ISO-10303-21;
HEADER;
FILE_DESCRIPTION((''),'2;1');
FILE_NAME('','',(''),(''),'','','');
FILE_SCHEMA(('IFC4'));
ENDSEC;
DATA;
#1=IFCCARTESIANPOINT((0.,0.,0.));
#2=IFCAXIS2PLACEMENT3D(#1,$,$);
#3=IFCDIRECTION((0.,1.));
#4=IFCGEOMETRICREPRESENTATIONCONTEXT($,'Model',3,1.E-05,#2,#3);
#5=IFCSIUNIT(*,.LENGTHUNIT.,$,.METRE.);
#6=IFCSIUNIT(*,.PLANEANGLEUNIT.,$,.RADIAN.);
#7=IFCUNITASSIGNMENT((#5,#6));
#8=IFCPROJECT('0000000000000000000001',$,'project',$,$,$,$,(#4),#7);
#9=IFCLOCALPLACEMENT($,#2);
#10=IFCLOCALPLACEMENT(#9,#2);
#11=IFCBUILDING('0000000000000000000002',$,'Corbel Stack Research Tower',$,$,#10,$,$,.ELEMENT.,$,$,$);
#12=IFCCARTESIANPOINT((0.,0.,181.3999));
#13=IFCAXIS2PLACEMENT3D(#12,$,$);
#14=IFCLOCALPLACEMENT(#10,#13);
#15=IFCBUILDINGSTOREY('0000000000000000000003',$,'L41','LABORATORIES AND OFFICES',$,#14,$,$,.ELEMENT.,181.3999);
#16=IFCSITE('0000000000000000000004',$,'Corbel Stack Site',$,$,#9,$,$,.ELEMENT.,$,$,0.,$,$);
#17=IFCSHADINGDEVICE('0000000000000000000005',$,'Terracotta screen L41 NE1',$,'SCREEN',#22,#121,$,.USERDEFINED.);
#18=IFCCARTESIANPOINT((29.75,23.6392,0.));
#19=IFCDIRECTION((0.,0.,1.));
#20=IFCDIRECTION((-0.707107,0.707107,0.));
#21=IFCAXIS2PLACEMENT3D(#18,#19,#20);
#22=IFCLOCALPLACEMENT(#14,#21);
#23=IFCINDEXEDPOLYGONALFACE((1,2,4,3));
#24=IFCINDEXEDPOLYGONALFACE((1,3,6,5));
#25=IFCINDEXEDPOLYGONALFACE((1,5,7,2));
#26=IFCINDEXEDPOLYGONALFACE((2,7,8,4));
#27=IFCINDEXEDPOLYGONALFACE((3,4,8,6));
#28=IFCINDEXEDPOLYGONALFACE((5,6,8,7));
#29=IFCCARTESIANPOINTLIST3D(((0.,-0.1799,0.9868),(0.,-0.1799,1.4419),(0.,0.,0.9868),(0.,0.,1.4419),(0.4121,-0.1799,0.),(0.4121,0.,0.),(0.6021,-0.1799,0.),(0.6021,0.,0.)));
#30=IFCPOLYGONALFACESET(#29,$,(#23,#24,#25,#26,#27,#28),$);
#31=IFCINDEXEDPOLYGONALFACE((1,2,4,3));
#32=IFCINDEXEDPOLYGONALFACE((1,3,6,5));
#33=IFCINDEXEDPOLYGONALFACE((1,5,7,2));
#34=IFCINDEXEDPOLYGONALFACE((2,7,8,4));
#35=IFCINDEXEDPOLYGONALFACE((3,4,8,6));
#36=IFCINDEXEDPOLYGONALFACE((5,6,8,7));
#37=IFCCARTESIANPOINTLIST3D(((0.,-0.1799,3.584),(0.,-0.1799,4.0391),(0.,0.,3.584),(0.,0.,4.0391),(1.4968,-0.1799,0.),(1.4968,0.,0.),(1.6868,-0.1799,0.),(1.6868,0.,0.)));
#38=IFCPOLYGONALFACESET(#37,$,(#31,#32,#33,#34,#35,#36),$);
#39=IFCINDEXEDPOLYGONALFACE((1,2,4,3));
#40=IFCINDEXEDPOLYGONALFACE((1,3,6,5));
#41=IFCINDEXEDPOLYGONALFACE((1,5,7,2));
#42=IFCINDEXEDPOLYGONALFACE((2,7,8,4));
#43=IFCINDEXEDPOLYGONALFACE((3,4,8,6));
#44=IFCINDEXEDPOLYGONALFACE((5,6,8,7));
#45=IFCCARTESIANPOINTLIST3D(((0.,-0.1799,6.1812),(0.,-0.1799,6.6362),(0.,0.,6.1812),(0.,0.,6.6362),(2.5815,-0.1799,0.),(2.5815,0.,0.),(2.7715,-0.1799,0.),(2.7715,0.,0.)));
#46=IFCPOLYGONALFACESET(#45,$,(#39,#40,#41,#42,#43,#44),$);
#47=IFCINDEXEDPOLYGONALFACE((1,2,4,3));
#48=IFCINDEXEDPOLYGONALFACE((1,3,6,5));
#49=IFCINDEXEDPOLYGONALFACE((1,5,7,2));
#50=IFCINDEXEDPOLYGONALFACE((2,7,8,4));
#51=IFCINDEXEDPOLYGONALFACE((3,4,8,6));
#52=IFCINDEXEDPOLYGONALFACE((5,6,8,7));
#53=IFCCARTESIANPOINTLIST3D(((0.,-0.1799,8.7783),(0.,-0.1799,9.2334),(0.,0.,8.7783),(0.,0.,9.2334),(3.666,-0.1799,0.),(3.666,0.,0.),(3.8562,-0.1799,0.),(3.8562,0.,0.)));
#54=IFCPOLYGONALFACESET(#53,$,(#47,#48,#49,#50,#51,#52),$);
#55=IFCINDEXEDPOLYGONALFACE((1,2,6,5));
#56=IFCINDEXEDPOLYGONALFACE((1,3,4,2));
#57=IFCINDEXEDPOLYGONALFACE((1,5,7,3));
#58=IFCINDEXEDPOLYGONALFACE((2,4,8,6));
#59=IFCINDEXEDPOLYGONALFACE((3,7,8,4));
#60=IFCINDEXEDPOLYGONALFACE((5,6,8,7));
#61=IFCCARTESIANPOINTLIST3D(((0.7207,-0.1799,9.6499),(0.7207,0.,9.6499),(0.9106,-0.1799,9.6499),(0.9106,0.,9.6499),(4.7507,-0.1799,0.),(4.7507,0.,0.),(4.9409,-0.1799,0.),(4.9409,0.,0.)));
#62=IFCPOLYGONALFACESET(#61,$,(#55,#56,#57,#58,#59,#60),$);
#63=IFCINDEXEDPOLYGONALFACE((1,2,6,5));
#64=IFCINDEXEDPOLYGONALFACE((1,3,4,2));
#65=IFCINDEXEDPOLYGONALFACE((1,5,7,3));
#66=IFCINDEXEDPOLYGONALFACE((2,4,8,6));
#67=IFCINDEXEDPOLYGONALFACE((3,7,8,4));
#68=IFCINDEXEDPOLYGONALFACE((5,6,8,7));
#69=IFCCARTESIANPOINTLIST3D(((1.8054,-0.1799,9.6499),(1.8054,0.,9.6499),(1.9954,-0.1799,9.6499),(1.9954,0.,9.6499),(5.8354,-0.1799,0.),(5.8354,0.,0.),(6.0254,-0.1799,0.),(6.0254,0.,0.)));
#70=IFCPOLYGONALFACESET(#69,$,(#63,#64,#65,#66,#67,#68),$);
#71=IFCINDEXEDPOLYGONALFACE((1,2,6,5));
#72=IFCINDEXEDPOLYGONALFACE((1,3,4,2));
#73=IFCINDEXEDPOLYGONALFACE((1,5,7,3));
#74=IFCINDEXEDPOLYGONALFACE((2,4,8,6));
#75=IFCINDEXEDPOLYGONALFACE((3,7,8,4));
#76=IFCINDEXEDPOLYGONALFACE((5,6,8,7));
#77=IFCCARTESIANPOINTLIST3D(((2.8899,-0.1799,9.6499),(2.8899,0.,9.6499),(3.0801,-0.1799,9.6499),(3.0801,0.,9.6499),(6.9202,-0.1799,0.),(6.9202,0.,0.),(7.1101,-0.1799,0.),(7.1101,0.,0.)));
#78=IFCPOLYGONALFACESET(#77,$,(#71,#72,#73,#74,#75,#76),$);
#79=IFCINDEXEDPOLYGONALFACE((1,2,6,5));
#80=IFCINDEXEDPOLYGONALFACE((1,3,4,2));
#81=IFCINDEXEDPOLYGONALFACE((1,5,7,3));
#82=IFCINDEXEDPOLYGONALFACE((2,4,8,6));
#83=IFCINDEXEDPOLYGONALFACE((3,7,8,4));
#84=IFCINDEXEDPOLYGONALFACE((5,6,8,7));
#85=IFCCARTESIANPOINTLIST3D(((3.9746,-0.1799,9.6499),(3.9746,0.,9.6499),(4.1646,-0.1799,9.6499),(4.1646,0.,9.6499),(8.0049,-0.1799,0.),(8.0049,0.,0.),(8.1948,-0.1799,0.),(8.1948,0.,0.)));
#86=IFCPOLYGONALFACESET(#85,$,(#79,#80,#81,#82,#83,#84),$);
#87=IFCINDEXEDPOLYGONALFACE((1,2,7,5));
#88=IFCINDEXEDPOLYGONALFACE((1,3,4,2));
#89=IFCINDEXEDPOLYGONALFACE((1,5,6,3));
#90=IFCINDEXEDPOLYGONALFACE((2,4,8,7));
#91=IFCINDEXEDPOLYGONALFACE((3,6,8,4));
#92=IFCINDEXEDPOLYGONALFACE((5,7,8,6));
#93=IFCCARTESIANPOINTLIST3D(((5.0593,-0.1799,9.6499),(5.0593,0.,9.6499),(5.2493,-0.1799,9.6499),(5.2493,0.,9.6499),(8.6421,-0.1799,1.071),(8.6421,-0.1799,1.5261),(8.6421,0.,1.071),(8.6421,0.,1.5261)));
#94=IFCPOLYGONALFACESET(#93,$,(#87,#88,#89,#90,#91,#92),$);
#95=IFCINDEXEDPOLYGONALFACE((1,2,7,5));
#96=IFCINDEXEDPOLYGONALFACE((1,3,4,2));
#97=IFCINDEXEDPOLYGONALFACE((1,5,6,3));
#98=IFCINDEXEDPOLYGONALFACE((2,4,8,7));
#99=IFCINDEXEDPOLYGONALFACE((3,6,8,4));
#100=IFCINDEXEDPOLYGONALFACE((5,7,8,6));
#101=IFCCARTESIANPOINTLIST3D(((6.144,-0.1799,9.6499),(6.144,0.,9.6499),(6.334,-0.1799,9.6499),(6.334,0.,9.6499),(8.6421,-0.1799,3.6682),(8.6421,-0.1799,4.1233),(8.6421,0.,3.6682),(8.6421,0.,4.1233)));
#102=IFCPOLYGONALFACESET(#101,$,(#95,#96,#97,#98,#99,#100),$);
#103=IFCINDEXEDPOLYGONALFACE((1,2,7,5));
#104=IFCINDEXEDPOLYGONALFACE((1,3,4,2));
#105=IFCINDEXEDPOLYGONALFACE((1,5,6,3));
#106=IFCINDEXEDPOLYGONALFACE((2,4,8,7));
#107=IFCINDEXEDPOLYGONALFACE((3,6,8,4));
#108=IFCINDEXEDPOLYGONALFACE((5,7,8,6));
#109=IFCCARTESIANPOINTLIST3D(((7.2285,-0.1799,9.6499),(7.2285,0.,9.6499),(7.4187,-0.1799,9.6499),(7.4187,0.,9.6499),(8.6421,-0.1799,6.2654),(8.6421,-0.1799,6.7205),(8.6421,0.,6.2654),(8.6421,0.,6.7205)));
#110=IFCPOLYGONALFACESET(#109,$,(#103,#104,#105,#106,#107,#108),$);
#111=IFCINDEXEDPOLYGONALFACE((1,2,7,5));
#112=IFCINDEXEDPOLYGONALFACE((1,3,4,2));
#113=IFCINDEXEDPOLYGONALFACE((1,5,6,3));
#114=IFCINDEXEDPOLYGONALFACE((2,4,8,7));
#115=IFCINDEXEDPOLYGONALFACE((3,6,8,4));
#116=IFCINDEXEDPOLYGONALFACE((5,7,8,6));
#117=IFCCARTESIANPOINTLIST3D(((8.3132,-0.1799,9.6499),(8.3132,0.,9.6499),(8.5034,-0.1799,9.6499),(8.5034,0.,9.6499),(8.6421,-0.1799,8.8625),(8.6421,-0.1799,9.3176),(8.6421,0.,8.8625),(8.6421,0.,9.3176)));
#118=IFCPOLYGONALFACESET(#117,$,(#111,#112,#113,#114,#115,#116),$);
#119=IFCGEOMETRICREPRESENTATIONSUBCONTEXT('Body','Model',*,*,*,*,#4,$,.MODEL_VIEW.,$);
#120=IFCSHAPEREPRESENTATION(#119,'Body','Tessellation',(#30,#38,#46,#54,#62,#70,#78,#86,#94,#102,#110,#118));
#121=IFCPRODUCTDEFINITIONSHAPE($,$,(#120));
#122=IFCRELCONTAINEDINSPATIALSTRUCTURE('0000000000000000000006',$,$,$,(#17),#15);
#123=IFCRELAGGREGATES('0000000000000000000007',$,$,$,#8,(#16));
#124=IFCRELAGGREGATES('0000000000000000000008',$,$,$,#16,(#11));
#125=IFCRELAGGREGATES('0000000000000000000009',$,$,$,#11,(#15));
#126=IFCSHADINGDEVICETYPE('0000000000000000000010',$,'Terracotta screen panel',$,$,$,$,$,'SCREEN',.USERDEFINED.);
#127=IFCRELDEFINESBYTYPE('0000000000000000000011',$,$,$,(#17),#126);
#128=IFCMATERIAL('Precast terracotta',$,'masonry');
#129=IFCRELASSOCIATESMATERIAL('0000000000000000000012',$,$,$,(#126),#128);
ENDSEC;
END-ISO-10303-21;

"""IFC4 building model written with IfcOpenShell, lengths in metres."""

from ifc_helpers import new_model, si_unit, direction, frame, origin, place, context, subcontext, project, spatial, polyline, outline, extrude, source, transform, mapped, material, type_object, element, save


model = new_model("IFC4")

# Units and contexts
model_context = context("Model", 3, precision=1e-05, world=origin(), true_north=direction((0.0, 1.0)))
body_context = subcontext(model_context, "Body", "Model", "MODEL_VIEW")
ifc_project = project(units=[si_unit("LENGTHUNIT", "METRE"), si_unit("PLANEANGLEUNIT", "RADIAN")], contexts=[model_context])

# Site, building, storey
site_placement = place(None, origin())
site = spatial("IfcSite", under=ifc_project, at=site_placement, Name="Corbel Stack Site", CompositionType="ELEMENT", RefElevation=0.0)
building_placement = place(site_placement, origin())
building = spatial("IfcBuilding", under=site, at=building_placement, Name="Corbel Stack Research Tower", CompositionType="ELEMENT")
storey_placement = place(building_placement, frame((0.0, 0.0, 181.3999)))
storey = spatial("IfcBuildingStorey", under=building, at=storey_placement, Name="L41", Description="LABORATORIES AND OFFICES", CompositionType="ELEMENT", Elevation=181.3999)

# Shading device
ifc_material_1 = material(Name="Precast terracotta", Category="masonry")
shading_device_type = type_object("IfcShadingDeviceType", Name="Terracotta screen panel", ElementType="SCREEN", PredefinedType="USERDEFINED", material=ifc_material_1)
shared_shape_1 = source(origin(), body_context, "Body", "SweptSolid", [
    extrude(outline(polyline([(0.6021, 0.0), (0.0, 1.4419), (0.0, 0.9868), (0.4121, 0.0), (0.6021, 0.0)])), frame((0.0, 0.0, 0.0), z_axis=(0.0, -1.0, 0.0), x_axis=(1.0, 0.0, 0.0)), (0.0, 0.0, 1.0), 0.1799),
    extrude(outline(polyline([(1.6868, 0.0), (0.0, 4.0391), (0.0, 3.584), (1.4968, 0.0), (1.6868, 0.0)])), frame((0.0, 0.0, 0.0), z_axis=(0.0, -1.0, 0.0), x_axis=(1.0, 0.0, 0.0)), (0.0, 0.0, 1.0), 0.1799),
    extrude(outline(polyline([(2.7715, 0.0), (0.0, 6.6362), (0.0, 6.1812), (2.5815, 0.0), (2.7715, 0.0)])), frame((0.0, 0.0, 0.0), z_axis=(0.0, -1.0, 0.0), x_axis=(1.0, 0.0, 0.0)), (0.0, 0.0, 1.0), 0.1799),
    extrude(outline(polyline([(3.8562, 0.0), (0.0, 9.2334), (0.0, 8.7783), (3.666, 0.0), (3.8562, 0.0)])), frame((0.0, 0.0, 0.0), z_axis=(0.0, -1.0, 0.0), x_axis=(1.0, 0.0, 0.0)), (0.0, 0.0, 1.0), 0.1799),
    extrude(outline(polyline([(4.9409, 0.0), (0.9106, 9.6499), (0.7207, 9.6499), (4.7507, 0.0), (4.9409, 0.0)])), frame((0.0, 0.0, 0.0), z_axis=(0.0, -1.0, 0.0), x_axis=(1.0, 0.0, 0.0)), (0.0, 0.0, 1.0), 0.1799),
    extrude(outline(polyline([(6.0254, 0.0), (1.9954, 9.6499), (1.8054, 9.6499), (5.8354, 0.0), (6.0254, 0.0)])), frame((0.0, 0.0, 0.0), z_axis=(0.0, -1.0, 0.0), x_axis=(1.0, 0.0, 0.0)), (0.0, 0.0, 1.0), 0.1799),
    extrude(outline(polyline([(7.1101, 0.0), (3.0801, 9.6499), (2.8899, 9.6499), (6.9202, 0.0), (7.1101, 0.0)])), frame((0.0, 0.0, 0.0), z_axis=(0.0, -1.0, 0.0), x_axis=(1.0, 0.0, 0.0)), (0.0, 0.0, 1.0), 0.1799),
    extrude(outline(polyline([(8.1948, 0.0), (4.1646, 9.6499), (3.9746, 9.6499), (8.0049, 0.0), (8.1948, 0.0)])), frame((0.0, 0.0, 0.0), z_axis=(0.0, -1.0, 0.0), x_axis=(1.0, 0.0, 0.0)), (0.0, 0.0, 1.0), 0.1799),
    extrude(outline(polyline([(5.2493, 9.6499), (5.0593, 9.6499), (8.6421, 1.071), (8.6421, 1.5261), (5.2493, 9.6499)])), frame((0.0, 0.0, 0.0), z_axis=(0.0, -1.0, 0.0), x_axis=(1.0, 0.0, 0.0)), (0.0, 0.0, 1.0), 0.1799),
    extrude(outline(polyline([(6.334, 9.6499), (6.144, 9.6499), (8.6421, 3.6682), (8.6421, 4.1233), (6.334, 9.6499)])), frame((0.0, 0.0, 0.0), z_axis=(0.0, -1.0, 0.0), x_axis=(1.0, 0.0, 0.0)), (0.0, 0.0, 1.0), 0.1799),
    extrude(outline(polyline([(7.4187, 9.6499), (7.2285, 9.6499), (8.6421, 6.2654), (8.6421, 6.7205), (7.4187, 9.6499)])), frame((0.0, 0.0, 0.0), z_axis=(0.0, -1.0, 0.0), x_axis=(1.0, 0.0, 0.0)), (0.0, 0.0, 1.0), 0.1799),
    extrude(outline(polyline([(8.5034, 9.6499), (8.3132, 9.6499), (8.6421, 8.8625), (8.6421, 9.3176), (8.5034, 9.6499)])), frame((0.0, 0.0, 0.0), z_axis=(0.0, -1.0, 0.0), x_axis=(1.0, 0.0, 0.0)), (0.0, 0.0, 1.0), 0.1799),
])
shading_device_1_placement = place(storey_placement, frame((29.75, 23.6392, 0.0), z_axis=(0.0, 0.0, 1.0), x_axis=(-0.707107, 0.707107, 0.0)))
element("IfcShadingDevice", 1, at=shading_device_1_placement, inside=storey, type_object=shading_device_type, Name="Terracotta screen L41 NE1", ObjectType="SCREEN", PredefinedType="USERDEFINED", context=body_context, shape_type="MappedRepresentation", body=[
    mapped(shared_shape_1, transform((0.0, 0.0, 0.0))),
])

save(model, "model.ifc")
